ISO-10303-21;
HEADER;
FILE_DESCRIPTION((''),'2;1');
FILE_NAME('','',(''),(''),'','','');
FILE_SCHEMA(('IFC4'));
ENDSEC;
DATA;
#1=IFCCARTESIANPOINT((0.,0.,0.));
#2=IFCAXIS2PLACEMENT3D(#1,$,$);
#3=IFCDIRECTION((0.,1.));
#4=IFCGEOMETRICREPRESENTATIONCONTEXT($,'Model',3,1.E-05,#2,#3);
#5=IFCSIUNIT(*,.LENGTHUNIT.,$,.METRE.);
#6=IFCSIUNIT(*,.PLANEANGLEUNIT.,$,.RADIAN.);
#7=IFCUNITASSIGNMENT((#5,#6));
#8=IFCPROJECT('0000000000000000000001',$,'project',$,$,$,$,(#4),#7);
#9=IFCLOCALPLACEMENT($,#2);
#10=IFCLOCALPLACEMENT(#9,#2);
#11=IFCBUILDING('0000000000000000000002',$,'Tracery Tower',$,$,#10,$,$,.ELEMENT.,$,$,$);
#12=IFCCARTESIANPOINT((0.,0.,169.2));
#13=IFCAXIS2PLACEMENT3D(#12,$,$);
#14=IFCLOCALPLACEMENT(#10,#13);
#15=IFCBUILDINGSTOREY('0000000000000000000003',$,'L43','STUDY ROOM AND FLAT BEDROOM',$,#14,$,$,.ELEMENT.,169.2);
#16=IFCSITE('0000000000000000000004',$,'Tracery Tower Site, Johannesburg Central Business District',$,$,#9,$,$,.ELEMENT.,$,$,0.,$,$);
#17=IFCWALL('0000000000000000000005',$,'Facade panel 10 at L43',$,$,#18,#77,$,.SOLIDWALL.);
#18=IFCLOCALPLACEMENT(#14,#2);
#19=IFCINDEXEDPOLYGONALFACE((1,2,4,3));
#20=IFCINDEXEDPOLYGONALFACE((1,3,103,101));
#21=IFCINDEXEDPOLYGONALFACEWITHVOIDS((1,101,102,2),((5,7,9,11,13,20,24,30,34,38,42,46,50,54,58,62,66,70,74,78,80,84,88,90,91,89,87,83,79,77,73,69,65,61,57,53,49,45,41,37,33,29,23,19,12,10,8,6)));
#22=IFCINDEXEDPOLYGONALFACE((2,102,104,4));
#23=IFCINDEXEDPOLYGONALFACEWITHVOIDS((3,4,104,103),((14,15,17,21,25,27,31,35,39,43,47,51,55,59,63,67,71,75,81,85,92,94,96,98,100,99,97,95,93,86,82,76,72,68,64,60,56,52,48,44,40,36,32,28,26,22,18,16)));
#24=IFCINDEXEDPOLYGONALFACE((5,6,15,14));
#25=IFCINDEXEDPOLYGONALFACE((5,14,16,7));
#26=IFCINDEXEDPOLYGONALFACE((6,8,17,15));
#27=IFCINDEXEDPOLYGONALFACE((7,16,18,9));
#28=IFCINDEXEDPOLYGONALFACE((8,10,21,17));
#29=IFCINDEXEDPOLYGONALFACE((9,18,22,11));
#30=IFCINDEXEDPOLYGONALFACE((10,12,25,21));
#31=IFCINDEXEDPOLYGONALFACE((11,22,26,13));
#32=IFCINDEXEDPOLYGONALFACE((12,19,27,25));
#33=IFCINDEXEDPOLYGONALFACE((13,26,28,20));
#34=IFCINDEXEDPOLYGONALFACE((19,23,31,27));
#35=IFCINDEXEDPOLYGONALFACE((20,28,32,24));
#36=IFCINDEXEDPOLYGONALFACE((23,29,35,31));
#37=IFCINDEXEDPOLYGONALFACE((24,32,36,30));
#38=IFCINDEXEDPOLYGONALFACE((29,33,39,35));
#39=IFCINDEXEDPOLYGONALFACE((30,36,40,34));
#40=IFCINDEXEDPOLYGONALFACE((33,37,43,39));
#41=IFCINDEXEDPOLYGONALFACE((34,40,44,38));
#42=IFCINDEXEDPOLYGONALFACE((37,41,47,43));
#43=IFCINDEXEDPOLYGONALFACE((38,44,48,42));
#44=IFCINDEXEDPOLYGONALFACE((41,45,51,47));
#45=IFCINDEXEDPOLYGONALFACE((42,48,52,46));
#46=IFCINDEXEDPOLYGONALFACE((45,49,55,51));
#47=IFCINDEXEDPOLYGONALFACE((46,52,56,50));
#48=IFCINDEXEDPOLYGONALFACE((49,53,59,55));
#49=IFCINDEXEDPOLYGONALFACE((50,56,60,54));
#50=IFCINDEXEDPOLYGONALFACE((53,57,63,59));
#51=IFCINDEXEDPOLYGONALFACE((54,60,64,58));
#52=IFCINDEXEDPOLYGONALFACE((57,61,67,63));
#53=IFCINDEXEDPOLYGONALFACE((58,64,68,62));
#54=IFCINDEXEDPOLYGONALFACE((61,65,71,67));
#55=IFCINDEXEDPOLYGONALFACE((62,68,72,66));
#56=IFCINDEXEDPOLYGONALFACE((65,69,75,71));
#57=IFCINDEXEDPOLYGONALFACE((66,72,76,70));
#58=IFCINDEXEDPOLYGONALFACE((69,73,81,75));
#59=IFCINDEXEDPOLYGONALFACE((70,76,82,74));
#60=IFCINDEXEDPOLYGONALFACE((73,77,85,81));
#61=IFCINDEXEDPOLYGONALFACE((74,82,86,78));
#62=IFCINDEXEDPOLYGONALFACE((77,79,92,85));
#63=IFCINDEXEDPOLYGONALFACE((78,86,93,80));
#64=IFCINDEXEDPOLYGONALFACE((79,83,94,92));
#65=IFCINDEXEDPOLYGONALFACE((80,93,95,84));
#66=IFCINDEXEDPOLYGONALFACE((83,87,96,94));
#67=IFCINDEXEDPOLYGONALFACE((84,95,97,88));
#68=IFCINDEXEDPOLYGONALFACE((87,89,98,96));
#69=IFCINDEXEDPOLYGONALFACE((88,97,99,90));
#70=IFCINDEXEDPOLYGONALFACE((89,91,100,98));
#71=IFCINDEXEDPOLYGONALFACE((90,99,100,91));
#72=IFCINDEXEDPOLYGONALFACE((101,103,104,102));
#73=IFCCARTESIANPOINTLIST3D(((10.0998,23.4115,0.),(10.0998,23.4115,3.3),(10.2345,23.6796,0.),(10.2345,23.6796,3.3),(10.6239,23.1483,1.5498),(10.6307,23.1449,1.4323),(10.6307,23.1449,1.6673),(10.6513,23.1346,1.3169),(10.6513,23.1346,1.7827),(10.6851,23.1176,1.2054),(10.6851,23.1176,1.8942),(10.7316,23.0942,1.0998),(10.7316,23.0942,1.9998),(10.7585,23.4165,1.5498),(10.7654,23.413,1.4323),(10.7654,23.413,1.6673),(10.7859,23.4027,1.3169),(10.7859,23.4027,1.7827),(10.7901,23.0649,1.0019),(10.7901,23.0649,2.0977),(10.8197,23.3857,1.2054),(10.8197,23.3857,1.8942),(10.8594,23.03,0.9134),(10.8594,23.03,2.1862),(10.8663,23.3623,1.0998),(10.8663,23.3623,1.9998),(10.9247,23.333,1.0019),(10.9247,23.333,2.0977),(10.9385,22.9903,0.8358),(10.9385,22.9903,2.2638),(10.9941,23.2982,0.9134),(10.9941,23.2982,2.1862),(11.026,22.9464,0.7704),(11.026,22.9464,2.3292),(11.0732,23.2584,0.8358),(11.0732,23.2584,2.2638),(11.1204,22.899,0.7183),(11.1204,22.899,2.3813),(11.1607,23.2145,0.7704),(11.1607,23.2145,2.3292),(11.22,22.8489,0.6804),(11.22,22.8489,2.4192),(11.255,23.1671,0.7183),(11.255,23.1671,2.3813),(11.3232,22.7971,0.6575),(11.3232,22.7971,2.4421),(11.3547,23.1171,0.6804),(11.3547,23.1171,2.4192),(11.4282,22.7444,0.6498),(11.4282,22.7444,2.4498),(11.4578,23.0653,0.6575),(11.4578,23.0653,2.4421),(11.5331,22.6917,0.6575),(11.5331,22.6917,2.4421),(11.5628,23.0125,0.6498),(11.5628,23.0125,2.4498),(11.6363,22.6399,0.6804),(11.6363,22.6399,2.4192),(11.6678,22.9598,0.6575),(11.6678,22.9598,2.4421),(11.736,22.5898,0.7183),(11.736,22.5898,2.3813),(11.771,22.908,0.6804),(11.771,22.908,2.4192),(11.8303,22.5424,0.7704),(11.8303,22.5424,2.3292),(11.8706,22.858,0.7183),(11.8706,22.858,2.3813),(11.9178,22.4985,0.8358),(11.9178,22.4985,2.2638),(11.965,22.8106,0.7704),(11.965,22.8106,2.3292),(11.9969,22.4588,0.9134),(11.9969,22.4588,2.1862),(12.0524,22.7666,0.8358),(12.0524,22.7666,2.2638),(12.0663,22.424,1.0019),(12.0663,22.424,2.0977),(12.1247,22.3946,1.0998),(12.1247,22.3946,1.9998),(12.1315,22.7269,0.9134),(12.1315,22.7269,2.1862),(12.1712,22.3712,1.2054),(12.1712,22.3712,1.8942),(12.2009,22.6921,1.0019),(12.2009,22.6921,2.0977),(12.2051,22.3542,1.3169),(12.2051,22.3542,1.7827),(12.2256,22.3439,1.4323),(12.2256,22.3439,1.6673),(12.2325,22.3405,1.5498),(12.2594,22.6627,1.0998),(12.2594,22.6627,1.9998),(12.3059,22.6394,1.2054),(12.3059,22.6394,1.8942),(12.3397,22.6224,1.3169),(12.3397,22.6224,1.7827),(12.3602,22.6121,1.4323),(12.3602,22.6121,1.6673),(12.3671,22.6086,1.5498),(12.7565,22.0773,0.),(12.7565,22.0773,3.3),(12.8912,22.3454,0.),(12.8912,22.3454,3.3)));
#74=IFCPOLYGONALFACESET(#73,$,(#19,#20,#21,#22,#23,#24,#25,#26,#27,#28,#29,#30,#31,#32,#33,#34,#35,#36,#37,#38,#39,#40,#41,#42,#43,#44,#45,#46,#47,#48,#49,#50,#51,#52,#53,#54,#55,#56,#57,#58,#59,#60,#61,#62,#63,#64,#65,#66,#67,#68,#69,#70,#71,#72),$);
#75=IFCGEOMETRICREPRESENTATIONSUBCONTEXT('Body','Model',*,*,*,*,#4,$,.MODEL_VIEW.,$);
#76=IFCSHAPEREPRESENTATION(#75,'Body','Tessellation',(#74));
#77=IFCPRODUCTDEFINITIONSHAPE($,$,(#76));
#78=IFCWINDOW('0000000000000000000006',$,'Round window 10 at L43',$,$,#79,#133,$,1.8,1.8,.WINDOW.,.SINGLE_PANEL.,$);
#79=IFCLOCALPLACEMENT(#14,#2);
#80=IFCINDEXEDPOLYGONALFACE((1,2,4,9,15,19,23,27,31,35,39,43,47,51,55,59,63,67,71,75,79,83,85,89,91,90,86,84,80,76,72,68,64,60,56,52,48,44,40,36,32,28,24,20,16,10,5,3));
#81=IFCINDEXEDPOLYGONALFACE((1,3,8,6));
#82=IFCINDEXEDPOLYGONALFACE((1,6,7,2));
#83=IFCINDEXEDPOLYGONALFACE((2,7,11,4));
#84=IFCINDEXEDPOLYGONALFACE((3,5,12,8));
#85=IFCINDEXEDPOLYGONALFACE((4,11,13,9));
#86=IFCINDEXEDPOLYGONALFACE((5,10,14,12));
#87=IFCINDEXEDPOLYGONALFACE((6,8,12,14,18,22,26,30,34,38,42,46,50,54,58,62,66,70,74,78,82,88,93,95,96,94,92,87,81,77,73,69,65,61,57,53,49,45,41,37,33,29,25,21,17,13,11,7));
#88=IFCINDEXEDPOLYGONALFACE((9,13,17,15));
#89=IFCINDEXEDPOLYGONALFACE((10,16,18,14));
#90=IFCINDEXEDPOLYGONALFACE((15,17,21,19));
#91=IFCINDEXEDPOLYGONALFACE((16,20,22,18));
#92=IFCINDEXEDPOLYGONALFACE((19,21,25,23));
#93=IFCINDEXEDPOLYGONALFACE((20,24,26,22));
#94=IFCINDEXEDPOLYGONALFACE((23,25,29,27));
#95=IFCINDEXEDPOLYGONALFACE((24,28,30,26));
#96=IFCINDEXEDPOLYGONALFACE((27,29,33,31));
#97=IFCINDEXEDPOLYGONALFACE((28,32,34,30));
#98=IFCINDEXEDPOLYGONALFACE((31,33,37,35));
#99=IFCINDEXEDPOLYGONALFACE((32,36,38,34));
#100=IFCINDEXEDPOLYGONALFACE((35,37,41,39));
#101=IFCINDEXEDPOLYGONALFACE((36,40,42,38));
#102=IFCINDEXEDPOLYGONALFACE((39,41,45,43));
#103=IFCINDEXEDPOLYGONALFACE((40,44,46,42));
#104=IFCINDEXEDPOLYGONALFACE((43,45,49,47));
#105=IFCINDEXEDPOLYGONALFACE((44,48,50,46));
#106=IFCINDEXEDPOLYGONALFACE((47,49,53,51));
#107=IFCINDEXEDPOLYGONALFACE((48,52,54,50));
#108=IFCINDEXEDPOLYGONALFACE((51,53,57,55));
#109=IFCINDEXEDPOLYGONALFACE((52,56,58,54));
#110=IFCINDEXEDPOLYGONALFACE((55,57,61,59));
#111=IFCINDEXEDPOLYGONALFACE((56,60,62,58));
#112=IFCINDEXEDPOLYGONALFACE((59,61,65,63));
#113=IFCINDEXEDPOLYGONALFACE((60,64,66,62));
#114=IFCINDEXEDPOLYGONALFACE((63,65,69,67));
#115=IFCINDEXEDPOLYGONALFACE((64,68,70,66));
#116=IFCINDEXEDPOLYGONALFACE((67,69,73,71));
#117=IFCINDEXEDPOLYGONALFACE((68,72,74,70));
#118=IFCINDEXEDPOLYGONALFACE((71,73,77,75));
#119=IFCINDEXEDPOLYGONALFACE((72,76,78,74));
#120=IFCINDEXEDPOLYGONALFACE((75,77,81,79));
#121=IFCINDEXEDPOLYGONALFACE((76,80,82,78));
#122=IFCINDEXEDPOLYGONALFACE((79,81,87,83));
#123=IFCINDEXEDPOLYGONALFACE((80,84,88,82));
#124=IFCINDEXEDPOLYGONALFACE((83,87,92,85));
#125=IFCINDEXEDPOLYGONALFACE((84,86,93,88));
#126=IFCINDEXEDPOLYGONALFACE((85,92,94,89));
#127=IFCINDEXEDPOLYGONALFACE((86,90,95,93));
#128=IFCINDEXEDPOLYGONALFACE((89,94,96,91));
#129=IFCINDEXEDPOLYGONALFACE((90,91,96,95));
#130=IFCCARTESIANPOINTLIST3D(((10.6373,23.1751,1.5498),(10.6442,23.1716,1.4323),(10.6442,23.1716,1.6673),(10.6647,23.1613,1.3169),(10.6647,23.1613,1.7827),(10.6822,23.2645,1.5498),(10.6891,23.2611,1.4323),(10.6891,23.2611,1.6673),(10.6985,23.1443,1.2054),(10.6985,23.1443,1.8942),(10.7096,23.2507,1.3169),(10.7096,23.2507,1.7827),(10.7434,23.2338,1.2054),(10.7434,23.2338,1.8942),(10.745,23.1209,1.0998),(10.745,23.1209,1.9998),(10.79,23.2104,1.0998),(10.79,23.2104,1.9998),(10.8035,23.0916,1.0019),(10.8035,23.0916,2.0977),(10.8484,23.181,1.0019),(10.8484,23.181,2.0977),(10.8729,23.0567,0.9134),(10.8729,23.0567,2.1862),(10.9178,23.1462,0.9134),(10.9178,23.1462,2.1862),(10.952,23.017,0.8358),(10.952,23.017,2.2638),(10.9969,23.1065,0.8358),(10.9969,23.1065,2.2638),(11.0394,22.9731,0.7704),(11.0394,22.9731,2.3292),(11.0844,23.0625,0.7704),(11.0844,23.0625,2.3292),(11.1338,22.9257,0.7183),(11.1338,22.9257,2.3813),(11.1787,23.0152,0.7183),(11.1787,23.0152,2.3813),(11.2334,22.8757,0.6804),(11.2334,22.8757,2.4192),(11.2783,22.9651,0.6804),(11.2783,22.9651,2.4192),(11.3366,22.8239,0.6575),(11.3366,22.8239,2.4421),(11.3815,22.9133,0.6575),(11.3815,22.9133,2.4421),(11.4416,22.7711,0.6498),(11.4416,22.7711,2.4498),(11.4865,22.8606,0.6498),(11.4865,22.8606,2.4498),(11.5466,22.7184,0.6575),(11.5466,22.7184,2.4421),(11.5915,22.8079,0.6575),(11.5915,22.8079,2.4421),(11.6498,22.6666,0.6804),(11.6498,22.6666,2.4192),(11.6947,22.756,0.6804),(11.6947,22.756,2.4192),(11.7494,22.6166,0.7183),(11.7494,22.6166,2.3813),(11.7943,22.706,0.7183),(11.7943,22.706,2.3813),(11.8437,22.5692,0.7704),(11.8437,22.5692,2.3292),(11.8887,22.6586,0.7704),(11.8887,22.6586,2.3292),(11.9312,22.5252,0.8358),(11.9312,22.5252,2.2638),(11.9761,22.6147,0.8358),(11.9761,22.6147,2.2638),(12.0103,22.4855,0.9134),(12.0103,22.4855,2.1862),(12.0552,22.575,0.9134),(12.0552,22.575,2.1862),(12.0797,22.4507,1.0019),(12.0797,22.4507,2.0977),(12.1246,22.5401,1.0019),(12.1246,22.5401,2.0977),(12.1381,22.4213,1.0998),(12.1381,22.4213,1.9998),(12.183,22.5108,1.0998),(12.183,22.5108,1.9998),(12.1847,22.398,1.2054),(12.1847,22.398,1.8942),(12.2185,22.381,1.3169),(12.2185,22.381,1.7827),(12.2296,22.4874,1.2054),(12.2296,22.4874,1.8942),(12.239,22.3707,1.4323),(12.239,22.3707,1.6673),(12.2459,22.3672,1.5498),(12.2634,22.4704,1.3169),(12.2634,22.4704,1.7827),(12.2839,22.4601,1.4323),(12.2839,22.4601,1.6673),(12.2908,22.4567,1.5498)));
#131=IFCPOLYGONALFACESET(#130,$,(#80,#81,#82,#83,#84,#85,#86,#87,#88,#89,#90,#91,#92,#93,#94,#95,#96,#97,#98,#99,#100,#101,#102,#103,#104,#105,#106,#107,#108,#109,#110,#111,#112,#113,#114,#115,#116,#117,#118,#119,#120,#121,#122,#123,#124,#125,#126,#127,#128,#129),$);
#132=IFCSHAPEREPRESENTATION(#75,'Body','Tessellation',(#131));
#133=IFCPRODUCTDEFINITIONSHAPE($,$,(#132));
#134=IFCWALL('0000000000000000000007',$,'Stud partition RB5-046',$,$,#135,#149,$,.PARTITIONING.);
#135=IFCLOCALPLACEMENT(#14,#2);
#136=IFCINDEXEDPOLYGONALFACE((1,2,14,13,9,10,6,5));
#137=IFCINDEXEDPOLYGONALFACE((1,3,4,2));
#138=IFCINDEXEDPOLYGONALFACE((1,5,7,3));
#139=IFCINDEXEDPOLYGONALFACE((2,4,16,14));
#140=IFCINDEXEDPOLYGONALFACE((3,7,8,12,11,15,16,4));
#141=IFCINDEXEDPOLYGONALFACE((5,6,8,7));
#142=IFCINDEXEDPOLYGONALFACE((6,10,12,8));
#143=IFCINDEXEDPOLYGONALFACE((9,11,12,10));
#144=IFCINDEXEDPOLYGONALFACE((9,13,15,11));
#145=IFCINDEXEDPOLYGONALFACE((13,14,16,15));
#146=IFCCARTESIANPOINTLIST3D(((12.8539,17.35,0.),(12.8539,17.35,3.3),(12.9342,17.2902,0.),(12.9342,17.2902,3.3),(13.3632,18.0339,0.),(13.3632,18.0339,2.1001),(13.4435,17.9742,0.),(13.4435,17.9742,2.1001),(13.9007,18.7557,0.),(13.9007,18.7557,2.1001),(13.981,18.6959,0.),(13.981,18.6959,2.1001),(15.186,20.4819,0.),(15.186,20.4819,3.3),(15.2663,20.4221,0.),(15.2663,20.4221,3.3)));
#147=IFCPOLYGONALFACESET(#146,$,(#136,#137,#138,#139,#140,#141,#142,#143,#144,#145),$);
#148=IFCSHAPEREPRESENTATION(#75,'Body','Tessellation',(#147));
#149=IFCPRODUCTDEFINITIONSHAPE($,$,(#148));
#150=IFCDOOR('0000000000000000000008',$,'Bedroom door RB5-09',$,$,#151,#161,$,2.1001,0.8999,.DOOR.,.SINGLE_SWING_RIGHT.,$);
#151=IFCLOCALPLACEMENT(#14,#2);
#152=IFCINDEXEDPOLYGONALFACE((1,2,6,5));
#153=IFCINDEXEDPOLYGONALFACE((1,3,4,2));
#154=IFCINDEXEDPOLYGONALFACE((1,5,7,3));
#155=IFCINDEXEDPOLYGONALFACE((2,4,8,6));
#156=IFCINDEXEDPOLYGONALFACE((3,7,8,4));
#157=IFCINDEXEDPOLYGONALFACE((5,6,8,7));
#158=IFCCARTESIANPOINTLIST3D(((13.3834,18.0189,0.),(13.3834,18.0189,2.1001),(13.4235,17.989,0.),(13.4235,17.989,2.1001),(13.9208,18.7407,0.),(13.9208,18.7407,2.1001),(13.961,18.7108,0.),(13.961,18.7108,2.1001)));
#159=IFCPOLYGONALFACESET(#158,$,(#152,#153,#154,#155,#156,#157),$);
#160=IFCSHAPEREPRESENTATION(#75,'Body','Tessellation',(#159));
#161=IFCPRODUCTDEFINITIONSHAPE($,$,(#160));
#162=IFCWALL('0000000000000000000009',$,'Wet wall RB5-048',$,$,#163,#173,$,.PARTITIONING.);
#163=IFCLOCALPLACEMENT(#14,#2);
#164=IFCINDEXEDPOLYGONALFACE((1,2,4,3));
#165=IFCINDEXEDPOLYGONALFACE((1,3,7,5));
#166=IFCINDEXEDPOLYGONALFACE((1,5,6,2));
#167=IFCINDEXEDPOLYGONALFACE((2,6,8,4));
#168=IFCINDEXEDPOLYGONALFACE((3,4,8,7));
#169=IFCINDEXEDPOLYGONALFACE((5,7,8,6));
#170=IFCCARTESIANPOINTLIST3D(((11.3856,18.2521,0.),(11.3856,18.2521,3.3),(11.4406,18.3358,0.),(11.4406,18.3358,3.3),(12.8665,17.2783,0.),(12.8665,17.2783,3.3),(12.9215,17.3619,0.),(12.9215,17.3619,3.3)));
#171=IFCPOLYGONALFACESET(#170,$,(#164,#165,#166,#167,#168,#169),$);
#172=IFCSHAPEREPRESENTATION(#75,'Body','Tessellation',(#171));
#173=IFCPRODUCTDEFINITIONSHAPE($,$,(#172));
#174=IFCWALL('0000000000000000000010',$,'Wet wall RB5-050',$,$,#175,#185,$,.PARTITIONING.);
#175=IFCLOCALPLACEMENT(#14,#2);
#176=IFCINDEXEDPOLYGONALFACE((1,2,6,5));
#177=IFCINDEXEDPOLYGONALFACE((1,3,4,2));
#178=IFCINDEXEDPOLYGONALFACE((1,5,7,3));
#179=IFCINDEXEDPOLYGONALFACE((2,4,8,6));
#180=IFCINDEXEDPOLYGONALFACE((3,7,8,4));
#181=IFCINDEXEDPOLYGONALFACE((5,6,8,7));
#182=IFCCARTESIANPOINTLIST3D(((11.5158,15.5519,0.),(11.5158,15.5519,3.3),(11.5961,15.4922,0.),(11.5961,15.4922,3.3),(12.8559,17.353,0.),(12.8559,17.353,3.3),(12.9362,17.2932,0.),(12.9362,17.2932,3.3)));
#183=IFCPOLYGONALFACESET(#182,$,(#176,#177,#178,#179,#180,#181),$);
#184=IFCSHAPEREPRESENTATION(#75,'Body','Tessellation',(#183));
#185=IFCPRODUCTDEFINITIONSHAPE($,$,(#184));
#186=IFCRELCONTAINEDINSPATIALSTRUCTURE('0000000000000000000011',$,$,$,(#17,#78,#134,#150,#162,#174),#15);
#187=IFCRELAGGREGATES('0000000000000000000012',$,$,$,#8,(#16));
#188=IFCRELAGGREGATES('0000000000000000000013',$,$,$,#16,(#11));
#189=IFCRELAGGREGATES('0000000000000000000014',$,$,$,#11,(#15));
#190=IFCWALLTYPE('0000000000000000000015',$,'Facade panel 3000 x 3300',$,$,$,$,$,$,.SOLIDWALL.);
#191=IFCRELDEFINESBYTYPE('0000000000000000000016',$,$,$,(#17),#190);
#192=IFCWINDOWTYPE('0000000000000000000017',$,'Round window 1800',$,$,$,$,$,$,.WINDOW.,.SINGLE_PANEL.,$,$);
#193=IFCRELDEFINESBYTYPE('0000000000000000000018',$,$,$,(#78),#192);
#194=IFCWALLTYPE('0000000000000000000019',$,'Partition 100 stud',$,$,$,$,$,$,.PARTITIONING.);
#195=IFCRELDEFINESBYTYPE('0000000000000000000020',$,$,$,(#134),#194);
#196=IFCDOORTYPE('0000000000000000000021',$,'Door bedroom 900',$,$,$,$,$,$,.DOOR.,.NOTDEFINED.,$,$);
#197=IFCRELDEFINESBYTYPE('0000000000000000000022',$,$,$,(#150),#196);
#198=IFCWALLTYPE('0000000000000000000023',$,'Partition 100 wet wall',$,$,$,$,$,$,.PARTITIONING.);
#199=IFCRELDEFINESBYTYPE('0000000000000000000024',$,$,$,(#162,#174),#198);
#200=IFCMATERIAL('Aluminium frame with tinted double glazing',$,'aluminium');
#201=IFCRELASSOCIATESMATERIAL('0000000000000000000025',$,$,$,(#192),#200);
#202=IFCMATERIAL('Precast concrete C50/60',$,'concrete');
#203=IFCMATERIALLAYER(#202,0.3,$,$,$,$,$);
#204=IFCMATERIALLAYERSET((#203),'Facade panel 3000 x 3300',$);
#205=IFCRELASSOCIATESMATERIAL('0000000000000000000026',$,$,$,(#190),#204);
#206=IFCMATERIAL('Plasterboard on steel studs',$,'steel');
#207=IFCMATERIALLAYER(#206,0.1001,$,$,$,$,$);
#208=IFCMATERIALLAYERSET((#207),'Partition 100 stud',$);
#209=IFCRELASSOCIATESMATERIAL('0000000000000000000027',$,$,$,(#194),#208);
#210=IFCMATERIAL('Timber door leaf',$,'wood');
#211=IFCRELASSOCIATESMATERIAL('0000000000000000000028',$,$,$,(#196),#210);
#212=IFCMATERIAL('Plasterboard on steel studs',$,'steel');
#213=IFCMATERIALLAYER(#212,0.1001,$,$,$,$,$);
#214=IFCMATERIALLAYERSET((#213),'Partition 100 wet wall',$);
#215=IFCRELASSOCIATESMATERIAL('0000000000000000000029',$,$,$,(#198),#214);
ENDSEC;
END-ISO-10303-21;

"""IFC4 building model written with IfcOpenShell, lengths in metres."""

from ifc_helpers import new_model, si_unit, direction, frame, frame_2d, origin, origin_2d, place, context, subcontext, project, spatial, rectangle, circle, extrude, material, layer, layer_set, type_object, element, fill, save


model = new_model("IFC4")

# Units and contexts
model_context = context("Model", 3, precision=1e-05, world=origin(), true_north=direction((0.0, 1.0)))
body_context = subcontext(model_context, "Body", "Model", "MODEL_VIEW")
ifc_project = project(units=[si_unit("LENGTHUNIT", "METRE"), si_unit("PLANEANGLEUNIT", "RADIAN")], contexts=[model_context])

# Site, building, storey
site_placement = place(None, origin())
site = spatial("IfcSite", under=ifc_project, at=site_placement, Name="Tracery Tower Site, Johannesburg Central Business District", CompositionType="ELEMENT", RefElevation=0.0)
building_placement = place(site_placement, origin())
building = spatial("IfcBuilding", under=site, at=building_placement, Name="Tracery Tower", CompositionType="ELEMENT")
storey_placement = place(building_placement, frame((0.0, 0.0, 169.2)))
storey = spatial("IfcBuildingStorey", under=building, at=storey_placement, Name="L43", Description="STUDY ROOM AND FLAT BEDROOM", CompositionType="ELEMENT", Elevation=169.2)

# Wall, opening, window
ifc_material_1 = material(Name="Aluminium frame with tinted double glazing", Category="aluminium")
window_type = type_object("IfcWindowType", Name="Round window 1800", PartitioningType="SINGLE_PANEL", PredefinedType="WINDOW", material=ifc_material_1)
ifc_material_2 = material(Name="Precast concrete C50/60", Category="concrete")
ifc_layer_1 = layer(ifc_material_2, 0.3)
ifc_layer_set_1 = layer_set([ifc_layer_1], Name="Facade panel 3000 x 3300")
wall_type_1 = type_object("IfcWallType", Name="Facade panel 3000 x 3300", PredefinedType="SOLIDWALL", material=ifc_layer_set_1)
wall_1_placement = place(storey_placement, frame((12.8237, 22.2114, 0.0), z_axis=(0.0, 0.0, 1.0), x_axis=(-0.893637, 0.44879, 0.0)))
wall_1 = element("IfcWall", 1, at=wall_1_placement, inside=storey, type_object=wall_type_1, Name="Facade panel 10 at L43", PredefinedType="SOLIDWALL", context=body_context, shape_type="SweptSolid", body=[
    extrude(rectangle(XDim=2.9729, YDim=0.3, at=frame_2d((1.4863, 0.0))), origin(), (0.0, 0.0, 1.0), 3.3),
])
opening_1_placement = place(wall_1_placement, frame((1.4863, 0.0, 1.5498)))
opening_1 = element("IfcOpeningElement", 2, at=opening_1_placement, cuts=wall_1, PredefinedType="OPENING", context=body_context, shape_type="SweptSolid", body=[
    extrude(circle(Radius=0.9, at=origin_2d()), frame((0.0, 0.1599, 0.0), z_axis=(0.0, -1.0, 0.0), x_axis=(1.0, 0.0, 0.0)), (0.0, 0.0, 1.0), 0.3201),
])
window_1_placement = place(opening_1_placement, origin())
window_1 = element("IfcWindow", 3, at=window_1_placement, inside=storey, type_object=window_type, Name="Round window 10 at L43", OverallHeight=1.8, OverallWidth=1.8, PartitioningType="SINGLE_PANEL", PredefinedType="WINDOW", context=body_context, shape_type="SweptSolid", body=[
    extrude(circle(Radius=0.9, at=origin_2d()), frame((0.0, 0.1201, 0.0), z_axis=(0.0, -1.0, 0.0), x_axis=(1.0, 0.0, 0.0)), (0.0, 0.0, 1.0), 0.1001),
])
fill(opening_1, window_1)

# Wall, opening, door
ifc_material_3 = material(Name="Plasterboard on steel studs", Category="steel")
ifc_layer_2 = layer(ifc_material_3, 0.1001)
ifc_layer_set_2 = layer_set([ifc_layer_2], Name="Partition 100 stud")
wall_type_2 = type_object("IfcWallType", Name="Partition 100 stud", PredefinedType="PARTITIONING", material=ifc_layer_set_2)
wall_2_placement = place(storey_placement, frame((12.894, 17.3201, 0.0), z_axis=(0.0, 0.0, 1.0), x_axis=(0.597235, 0.802066, 0.0)))
wall_2 = element("IfcWall", 4, at=wall_2_placement, inside=storey, type_object=wall_type_2, Name="Stud partition RB5-046", PredefinedType="PARTITIONING", context=body_context, shape_type="SweptSolid", body=[
    extrude(rectangle(XDim=3.9048, YDim=0.1001, at=frame_2d((1.9524, 0.0))), origin(), (0.0, 0.0, 1.0), 3.3),
])
opening_2_placement = place(wall_2_placement, frame((0.8528, 0.0, 0.0)))
opening_2 = element("IfcOpeningElement", 5, at=opening_2_placement, cuts=wall_2, PredefinedType="OPENING", context=body_context, shape_type="SweptSolid", body=[
    extrude(rectangle(XDim=0.8999, YDim=2.1001, at=frame_2d((0.45, 1.05))), frame((0.0, 0.05, 0.0), z_axis=(0.0, -1.0, 0.0), x_axis=(1.0, 0.0, 0.0)), (0.0, 0.0, 1.0), 0.1001),
])
ifc_material_4 = material(Name="Timber door leaf", Category="wood")
door_type = type_object("IfcDoorType", Name="Door bedroom 900", OperationType="NOTDEFINED", PredefinedType="DOOR", material=ifc_material_4)
door_placement = place(opening_2_placement, origin())
door = element("IfcDoor", 6, at=door_placement, inside=storey, type_object=door_type, Name="Bedroom door RB5-09", OperationType="SINGLE_SWING_RIGHT", OverallHeight=2.1001, OverallWidth=0.8999, PredefinedType="DOOR", context=body_context, shape_type="SweptSolid", body=[
    extrude(rectangle(XDim=0.8999, YDim=2.1001, at=frame_2d((0.45, 1.05))), frame((0.0, 0.0249, 0.0), z_axis=(0.0, -1.0, 0.0), x_axis=(1.0, 0.0, 0.0)), (0.0, 0.0, 1.0), 0.05),
])
fill(opening_2, door)

# Walls
ifc_material_5 = material(Name="Plasterboard on steel studs", Category="steel")
ifc_layer_3 = layer(ifc_material_5, 0.1001)
ifc_layer_set_3 = layer_set([ifc_layer_3], Name="Partition 100 wet wall")
wall_type_3 = type_object("IfcWallType", Name="Partition 100 wet wall", PredefinedType="PARTITIONING", material=ifc_layer_set_3)
wall_3_placement = place(storey_placement, frame((11.4131, 18.2939, 0.0), z_axis=(0.0, 0.0, 1.0), x_axis=(0.83553, -0.549444, 0.0)))
element("IfcWall", 7, at=wall_3_placement, inside=storey, type_object=wall_type_3, Name="Wet wall RB5-048", PredefinedType="PARTITIONING", context=body_context, shape_type="SweptSolid", body=[
    extrude(rectangle(XDim=1.7725, YDim=0.1001, at=frame_2d((0.8862, 0.0))), origin(), (0.0, 0.0, 1.0), 3.3),
])
wall_4_placement = place(storey_placement, frame((11.5559, 15.522, 0.0), z_axis=(0.0, 0.0, 1.0), x_axis=(0.596951, 0.802278, 0.0)))
element("IfcWall", 8, at=wall_4_placement, inside=storey, type_object=wall_type_3, Name="Wet wall RB5-050", PredefinedType="PARTITIONING", context=body_context, shape_type="SweptSolid", body=[
    extrude(rectangle(XDim=2.2449, YDim=0.1001, at=frame_2d((1.1226, 0.0))), origin(), (0.0, 0.0, 1.0), 3.3),
])

save(model, "model.ifc")
